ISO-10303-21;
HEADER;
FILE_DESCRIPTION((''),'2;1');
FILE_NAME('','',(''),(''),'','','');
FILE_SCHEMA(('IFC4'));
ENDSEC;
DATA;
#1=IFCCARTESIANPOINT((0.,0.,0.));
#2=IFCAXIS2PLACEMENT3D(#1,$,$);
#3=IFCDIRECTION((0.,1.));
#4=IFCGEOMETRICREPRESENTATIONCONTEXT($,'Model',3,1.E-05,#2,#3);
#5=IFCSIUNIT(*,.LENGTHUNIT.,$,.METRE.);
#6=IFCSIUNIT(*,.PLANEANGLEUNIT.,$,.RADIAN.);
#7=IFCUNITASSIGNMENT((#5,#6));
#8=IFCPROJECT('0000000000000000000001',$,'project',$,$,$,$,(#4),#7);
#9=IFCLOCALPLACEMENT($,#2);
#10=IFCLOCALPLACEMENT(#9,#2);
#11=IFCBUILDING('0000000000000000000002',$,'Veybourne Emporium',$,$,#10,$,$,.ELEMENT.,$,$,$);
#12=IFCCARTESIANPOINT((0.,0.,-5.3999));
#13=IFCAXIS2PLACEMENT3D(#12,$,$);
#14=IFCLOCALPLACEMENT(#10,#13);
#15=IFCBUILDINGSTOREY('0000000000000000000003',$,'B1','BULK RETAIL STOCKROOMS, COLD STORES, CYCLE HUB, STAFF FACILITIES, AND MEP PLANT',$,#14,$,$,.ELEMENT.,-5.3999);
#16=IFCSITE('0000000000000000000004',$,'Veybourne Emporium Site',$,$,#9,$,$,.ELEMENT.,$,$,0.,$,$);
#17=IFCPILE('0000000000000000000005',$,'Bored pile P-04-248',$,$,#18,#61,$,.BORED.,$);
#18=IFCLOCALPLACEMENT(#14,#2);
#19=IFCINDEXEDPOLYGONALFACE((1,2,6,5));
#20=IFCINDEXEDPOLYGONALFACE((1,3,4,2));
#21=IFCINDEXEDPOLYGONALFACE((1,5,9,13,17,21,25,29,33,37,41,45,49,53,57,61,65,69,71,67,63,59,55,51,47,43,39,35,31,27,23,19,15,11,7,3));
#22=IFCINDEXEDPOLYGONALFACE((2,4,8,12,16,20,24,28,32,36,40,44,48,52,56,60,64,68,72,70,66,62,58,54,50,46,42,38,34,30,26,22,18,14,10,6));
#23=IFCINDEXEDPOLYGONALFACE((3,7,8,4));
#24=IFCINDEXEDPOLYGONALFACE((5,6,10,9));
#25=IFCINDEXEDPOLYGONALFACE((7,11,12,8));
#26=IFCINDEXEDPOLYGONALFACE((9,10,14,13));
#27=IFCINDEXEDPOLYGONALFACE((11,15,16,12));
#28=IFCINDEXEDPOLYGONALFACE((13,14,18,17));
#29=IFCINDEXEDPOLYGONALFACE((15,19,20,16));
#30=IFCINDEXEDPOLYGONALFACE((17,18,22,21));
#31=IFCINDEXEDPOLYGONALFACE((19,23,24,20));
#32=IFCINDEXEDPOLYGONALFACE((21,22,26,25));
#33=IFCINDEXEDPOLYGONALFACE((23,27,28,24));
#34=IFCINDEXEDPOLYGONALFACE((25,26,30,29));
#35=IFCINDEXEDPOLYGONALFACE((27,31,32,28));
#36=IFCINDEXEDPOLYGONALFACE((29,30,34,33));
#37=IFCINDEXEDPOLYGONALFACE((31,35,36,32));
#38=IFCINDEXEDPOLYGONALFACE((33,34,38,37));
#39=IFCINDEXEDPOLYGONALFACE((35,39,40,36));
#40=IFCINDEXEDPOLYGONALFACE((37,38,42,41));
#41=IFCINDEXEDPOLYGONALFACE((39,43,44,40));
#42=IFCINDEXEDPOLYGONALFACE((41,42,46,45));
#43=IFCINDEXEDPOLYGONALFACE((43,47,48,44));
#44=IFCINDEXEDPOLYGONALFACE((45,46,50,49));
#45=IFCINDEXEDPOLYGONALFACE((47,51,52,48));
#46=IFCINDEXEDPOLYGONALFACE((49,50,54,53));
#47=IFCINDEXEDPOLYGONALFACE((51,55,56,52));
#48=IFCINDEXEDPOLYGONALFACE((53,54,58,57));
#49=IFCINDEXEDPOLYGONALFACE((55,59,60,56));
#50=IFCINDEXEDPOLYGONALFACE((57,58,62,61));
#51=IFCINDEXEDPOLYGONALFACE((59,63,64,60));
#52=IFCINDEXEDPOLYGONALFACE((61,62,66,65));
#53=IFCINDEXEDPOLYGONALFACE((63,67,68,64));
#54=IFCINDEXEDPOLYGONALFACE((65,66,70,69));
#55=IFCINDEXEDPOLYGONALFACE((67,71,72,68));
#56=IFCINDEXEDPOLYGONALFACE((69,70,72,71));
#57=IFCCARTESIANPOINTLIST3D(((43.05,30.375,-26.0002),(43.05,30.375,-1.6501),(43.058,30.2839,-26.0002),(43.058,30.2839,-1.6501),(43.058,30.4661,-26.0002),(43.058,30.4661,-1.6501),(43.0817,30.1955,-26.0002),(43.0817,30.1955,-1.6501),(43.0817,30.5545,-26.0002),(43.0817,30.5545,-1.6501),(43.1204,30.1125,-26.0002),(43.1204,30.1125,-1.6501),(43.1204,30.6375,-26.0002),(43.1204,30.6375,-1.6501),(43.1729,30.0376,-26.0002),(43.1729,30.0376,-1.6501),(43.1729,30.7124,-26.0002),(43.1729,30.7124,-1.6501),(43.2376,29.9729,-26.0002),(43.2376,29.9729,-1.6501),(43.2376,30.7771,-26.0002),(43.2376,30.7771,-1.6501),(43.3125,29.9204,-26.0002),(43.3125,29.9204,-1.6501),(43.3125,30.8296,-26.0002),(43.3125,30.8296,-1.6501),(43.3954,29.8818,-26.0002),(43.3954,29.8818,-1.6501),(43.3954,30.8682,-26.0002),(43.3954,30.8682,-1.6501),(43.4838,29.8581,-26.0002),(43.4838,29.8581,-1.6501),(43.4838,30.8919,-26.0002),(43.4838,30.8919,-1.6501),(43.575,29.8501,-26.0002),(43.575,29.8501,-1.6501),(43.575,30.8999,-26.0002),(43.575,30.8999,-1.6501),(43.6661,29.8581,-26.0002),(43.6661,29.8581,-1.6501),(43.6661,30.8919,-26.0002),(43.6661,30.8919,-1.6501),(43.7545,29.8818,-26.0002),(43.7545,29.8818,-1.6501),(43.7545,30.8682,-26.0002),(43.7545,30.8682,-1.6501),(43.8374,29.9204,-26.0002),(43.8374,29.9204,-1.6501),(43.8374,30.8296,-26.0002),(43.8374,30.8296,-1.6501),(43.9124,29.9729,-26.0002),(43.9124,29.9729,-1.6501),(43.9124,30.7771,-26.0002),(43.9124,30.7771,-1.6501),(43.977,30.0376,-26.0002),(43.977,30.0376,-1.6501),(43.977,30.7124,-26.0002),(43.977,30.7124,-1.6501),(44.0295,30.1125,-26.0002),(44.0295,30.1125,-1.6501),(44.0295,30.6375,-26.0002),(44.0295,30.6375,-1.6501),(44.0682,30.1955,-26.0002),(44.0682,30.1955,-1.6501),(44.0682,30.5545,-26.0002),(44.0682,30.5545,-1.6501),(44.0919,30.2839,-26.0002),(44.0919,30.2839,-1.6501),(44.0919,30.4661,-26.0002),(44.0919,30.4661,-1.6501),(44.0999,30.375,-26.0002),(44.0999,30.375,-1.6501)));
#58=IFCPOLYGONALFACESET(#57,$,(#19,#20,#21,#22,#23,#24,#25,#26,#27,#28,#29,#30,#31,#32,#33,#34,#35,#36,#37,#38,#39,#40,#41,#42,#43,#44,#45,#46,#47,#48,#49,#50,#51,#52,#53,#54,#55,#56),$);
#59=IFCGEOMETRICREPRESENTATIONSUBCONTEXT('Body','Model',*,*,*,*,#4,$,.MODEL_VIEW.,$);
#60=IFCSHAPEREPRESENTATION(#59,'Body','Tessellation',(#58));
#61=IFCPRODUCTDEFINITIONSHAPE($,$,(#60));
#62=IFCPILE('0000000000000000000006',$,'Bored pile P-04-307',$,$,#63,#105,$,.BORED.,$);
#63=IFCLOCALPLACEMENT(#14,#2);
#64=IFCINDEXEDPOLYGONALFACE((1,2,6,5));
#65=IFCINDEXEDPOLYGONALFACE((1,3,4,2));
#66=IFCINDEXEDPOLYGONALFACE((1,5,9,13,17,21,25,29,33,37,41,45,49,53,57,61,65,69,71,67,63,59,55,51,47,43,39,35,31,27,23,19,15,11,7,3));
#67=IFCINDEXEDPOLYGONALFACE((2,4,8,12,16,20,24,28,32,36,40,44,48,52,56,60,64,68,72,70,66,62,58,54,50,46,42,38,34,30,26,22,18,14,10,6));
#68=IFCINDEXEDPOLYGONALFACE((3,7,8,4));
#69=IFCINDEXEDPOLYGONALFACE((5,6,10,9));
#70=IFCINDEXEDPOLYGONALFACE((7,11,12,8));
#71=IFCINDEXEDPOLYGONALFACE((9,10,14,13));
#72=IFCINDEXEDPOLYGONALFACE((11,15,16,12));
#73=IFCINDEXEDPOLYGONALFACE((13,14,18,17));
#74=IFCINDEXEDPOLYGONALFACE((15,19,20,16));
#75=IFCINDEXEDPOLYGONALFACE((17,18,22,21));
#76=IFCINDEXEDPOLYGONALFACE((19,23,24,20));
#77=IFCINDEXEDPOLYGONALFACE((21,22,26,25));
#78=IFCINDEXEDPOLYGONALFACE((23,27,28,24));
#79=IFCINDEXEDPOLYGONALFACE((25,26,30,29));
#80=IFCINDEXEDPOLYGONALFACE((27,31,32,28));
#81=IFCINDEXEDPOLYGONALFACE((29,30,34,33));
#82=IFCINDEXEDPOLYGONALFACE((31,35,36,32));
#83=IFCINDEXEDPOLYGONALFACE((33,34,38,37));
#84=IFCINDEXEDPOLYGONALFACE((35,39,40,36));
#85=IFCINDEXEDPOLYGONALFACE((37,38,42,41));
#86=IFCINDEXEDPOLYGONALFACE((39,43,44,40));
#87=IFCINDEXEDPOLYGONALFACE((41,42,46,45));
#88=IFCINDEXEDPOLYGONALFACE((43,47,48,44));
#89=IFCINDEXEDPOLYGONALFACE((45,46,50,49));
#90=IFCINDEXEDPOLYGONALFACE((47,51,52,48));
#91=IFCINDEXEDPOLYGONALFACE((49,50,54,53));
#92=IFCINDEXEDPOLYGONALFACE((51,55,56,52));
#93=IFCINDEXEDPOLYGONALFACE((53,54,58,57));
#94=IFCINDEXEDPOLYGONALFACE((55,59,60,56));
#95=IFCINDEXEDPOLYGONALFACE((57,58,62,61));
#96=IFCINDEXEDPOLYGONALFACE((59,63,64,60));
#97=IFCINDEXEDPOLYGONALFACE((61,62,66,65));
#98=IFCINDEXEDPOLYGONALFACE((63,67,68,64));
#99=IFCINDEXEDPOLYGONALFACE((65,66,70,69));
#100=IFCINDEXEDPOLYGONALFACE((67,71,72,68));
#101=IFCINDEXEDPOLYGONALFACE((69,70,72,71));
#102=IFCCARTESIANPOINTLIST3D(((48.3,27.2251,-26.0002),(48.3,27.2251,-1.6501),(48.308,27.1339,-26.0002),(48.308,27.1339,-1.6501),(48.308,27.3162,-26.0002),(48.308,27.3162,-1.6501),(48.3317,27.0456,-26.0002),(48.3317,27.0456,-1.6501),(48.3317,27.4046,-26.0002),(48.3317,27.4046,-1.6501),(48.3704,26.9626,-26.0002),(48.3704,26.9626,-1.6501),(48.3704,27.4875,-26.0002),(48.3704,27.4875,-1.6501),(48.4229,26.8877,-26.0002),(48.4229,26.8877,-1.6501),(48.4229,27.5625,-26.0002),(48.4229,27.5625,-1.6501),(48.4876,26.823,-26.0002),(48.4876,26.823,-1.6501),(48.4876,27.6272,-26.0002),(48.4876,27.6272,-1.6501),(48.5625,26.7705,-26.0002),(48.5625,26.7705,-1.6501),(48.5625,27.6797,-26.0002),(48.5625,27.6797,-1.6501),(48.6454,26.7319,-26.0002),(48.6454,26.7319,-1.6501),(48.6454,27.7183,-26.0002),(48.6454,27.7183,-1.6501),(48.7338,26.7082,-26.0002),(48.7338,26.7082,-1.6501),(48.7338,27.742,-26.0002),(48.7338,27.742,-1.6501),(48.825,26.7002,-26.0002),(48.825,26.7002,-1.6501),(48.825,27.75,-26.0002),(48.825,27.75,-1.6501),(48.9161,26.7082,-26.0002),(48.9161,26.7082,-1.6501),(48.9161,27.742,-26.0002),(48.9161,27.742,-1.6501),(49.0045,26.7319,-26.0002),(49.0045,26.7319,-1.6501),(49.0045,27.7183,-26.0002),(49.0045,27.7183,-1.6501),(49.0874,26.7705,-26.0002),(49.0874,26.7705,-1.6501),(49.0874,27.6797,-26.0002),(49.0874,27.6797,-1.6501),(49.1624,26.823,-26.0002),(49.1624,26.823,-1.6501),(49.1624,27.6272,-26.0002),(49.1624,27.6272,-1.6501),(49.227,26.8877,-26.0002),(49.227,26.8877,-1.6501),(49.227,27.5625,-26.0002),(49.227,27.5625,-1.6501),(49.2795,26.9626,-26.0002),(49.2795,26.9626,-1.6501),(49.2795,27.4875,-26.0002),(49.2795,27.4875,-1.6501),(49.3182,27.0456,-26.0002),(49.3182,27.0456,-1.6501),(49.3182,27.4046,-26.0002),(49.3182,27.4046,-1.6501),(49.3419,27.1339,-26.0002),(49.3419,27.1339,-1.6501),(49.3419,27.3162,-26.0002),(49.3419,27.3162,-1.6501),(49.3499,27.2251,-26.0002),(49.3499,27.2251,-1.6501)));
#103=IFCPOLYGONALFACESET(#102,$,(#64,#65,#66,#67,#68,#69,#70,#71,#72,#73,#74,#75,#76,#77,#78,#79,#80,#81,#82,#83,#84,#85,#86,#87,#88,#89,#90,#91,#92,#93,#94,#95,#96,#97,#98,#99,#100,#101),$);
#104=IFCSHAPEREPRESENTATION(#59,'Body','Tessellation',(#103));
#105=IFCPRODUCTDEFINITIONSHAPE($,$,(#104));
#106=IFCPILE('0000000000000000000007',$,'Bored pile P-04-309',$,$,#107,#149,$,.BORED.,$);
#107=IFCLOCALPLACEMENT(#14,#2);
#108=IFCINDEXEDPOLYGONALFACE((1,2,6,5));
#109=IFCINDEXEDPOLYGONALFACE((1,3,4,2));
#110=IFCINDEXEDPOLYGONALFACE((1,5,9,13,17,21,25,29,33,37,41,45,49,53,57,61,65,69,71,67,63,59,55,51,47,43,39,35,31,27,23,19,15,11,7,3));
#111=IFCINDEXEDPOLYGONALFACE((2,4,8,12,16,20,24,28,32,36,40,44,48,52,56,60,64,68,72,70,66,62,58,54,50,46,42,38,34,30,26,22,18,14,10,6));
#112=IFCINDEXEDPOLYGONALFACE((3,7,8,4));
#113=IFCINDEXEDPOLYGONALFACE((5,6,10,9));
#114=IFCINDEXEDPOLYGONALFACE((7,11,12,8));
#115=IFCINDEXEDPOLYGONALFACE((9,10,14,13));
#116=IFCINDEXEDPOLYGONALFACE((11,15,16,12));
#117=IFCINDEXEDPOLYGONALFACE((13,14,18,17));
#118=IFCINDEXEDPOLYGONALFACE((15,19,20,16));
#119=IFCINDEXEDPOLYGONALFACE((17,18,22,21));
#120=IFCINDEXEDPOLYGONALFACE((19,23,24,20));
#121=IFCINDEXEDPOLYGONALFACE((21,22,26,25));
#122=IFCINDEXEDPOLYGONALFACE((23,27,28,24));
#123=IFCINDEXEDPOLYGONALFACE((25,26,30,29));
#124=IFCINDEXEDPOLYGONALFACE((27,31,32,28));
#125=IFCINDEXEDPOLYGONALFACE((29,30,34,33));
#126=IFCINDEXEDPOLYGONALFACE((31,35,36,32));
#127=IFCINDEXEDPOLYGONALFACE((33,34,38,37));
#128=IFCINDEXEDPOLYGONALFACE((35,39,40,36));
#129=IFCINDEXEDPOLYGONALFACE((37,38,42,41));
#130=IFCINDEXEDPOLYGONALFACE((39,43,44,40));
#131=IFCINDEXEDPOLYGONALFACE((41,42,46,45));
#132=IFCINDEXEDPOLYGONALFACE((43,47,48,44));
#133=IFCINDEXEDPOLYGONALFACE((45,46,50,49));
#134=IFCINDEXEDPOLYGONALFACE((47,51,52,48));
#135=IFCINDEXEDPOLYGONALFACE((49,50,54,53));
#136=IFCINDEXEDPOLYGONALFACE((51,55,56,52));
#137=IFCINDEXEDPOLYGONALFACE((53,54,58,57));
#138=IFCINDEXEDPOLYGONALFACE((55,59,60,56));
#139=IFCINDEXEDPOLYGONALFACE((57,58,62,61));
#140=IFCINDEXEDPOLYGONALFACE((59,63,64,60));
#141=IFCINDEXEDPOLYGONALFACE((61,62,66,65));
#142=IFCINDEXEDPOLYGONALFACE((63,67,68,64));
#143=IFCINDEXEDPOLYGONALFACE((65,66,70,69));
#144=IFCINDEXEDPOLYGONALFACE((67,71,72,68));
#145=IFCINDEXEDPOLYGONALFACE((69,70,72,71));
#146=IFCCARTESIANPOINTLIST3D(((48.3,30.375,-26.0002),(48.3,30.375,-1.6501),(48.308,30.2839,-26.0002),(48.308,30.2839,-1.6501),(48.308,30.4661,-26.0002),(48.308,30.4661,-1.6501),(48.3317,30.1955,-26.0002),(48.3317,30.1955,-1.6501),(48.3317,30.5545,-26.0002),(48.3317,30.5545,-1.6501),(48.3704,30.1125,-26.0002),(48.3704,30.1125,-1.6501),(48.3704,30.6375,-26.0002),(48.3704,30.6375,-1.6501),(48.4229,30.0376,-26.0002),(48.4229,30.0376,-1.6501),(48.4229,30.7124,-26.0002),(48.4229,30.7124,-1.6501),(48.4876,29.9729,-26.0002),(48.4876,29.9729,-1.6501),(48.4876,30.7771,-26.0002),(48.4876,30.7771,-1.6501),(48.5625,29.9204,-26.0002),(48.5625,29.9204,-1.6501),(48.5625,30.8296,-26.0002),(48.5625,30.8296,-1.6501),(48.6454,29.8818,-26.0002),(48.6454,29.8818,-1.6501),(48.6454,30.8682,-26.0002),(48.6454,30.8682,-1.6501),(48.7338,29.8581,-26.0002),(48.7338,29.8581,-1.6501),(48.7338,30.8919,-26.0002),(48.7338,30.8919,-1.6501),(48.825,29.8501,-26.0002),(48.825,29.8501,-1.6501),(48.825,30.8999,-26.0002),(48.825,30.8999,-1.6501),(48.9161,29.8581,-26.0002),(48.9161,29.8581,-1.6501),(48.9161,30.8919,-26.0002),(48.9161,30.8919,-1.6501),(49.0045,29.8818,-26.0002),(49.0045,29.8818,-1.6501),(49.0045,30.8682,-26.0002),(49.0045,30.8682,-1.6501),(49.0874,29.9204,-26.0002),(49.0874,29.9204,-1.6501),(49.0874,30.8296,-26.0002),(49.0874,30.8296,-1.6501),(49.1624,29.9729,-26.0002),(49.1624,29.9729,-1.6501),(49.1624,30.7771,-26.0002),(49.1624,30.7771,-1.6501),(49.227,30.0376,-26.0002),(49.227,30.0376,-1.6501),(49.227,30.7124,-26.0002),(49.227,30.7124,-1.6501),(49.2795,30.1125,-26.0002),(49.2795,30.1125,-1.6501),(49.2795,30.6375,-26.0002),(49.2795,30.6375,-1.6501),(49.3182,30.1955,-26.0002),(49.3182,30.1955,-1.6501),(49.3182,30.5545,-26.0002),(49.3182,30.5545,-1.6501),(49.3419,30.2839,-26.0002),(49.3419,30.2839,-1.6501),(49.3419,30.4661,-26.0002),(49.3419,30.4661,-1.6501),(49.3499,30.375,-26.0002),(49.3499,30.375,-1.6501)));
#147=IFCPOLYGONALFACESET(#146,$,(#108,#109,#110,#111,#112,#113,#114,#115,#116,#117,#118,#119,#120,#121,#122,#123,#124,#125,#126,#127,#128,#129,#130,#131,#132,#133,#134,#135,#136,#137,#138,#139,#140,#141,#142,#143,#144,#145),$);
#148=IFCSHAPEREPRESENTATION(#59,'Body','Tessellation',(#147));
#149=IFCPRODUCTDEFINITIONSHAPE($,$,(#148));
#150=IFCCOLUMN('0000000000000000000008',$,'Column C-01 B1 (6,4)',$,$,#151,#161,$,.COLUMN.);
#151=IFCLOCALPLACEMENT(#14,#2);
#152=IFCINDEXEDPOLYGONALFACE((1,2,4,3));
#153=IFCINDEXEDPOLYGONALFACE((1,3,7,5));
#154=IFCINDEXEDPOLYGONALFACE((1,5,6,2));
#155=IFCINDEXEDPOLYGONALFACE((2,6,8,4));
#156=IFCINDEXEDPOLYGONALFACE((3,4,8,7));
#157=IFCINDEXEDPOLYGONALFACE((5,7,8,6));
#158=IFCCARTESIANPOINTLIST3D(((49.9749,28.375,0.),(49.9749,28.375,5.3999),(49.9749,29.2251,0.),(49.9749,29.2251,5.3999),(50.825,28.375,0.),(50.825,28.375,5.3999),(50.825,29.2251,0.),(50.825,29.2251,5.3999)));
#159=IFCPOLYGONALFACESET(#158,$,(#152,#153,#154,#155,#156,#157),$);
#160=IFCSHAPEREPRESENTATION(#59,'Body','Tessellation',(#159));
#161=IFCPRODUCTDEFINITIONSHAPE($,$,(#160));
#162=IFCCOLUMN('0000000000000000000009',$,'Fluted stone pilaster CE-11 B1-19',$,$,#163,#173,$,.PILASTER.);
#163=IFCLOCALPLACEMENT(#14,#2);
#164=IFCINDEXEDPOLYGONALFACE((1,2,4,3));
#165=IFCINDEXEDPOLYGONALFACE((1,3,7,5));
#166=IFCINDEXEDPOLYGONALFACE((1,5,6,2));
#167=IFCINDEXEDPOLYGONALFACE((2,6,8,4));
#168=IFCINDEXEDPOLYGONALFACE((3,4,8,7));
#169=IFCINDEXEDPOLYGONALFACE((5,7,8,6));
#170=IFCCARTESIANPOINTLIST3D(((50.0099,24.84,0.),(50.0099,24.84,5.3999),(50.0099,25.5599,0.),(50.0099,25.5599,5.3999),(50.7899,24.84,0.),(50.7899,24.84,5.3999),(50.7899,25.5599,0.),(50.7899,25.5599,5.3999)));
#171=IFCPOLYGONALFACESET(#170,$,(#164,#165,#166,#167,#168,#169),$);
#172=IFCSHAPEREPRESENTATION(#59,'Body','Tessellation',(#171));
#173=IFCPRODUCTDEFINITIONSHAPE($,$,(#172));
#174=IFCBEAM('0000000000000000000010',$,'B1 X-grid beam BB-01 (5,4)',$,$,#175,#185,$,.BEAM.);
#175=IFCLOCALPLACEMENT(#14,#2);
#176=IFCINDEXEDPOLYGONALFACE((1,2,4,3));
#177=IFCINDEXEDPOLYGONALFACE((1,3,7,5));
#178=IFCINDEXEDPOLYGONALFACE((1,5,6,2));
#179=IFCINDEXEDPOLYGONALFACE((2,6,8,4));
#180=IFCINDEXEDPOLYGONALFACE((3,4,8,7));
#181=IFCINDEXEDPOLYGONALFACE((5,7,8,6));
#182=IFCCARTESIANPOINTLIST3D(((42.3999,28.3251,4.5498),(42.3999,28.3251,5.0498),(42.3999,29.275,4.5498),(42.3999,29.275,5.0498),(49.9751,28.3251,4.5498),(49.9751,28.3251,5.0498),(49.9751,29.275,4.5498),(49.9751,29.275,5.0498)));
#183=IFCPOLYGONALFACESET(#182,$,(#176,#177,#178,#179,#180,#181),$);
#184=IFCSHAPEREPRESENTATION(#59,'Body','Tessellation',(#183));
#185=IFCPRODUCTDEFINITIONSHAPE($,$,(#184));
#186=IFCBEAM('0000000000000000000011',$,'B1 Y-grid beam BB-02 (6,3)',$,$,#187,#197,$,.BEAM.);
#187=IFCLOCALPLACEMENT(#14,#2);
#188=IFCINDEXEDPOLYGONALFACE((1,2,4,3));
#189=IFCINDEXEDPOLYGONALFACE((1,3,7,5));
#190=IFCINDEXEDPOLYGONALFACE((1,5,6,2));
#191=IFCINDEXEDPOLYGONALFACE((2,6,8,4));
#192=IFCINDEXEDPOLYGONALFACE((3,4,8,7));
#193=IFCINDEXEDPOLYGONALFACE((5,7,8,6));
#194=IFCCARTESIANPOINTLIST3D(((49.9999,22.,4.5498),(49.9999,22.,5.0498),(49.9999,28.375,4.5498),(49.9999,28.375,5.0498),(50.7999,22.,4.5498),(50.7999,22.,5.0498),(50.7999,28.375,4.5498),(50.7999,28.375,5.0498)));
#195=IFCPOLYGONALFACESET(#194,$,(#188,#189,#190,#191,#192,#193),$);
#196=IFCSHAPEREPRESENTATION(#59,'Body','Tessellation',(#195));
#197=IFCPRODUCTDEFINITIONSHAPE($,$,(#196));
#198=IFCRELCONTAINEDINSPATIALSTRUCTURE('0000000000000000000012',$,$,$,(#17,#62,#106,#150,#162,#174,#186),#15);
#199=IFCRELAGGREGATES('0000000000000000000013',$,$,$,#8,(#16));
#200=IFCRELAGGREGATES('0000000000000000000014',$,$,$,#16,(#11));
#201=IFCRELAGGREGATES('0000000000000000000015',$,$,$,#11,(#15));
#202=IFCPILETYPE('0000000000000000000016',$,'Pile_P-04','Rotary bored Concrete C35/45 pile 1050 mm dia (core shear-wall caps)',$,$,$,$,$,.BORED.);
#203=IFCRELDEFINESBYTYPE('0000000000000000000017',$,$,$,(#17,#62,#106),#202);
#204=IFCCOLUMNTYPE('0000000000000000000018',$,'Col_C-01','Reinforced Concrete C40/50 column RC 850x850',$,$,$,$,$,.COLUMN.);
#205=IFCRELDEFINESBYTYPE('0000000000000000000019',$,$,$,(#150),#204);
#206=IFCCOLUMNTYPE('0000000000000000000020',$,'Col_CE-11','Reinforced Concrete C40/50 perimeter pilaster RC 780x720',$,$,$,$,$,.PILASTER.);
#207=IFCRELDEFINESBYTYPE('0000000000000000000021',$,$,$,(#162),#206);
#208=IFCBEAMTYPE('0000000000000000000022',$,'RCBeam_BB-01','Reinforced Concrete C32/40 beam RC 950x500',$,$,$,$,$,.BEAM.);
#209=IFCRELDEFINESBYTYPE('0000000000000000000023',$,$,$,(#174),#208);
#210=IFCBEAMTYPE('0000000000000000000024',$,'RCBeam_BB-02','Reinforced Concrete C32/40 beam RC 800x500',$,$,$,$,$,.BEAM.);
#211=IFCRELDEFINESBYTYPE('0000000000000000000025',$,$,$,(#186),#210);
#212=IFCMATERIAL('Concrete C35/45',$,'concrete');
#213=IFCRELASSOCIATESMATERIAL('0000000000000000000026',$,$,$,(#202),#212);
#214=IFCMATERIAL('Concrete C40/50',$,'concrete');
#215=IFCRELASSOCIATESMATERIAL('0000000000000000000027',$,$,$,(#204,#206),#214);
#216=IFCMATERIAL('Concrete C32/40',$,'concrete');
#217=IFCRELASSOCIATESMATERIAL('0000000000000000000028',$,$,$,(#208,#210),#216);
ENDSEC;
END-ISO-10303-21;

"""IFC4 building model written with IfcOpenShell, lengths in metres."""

from ifc_helpers import new_model, si_unit, direction, frame, origin, origin_2d, place, context, subcontext, project, spatial, rectangle, circle, extrude, material, material_profile, profile_set, type_object, element, save


model = new_model("IFC4")

# Units and contexts
model_context = context("Model", 3, precision=1e-05, world=origin(), true_north=direction((0.0, 1.0)))
body_context = subcontext(model_context, "Body", "Model", "MODEL_VIEW")
ifc_project = project(units=[si_unit("LENGTHUNIT", "METRE"), si_unit("PLANEANGLEUNIT", "RADIAN")], contexts=[model_context])

# Site, building, storey
site_placement = place(None, origin())
site = spatial("IfcSite", under=ifc_project, at=site_placement, Name="Veybourne Emporium Site", CompositionType="ELEMENT", RefElevation=0.0)
building_placement = place(site_placement, origin())
building = spatial("IfcBuilding", under=site, at=building_placement, Name="Veybourne Emporium", CompositionType="ELEMENT")
storey_placement = place(building_placement, frame((0.0, 0.0, -5.3999)))
storey = spatial("IfcBuildingStorey", under=building, at=storey_placement, Name="B1", Description="BULK RETAIL STOCKROOMS, COLD STORES, CYCLE HUB, STAFF FACILITIES, AND MEP PLANT", CompositionType="ELEMENT", Elevation=-5.3999)

# Shared definitions
ifc_material_1 = material(Name="Concrete C35/45", Category="concrete")

# Piles
ifc_material_profile_1 = material_profile(ifc_material_1, circle(Radius=0.5249, at=origin_2d()), Name="BORED PILE 1050")
ifc_profile_set_1 = profile_set([ifc_material_profile_1], Name="Concrete C35/45")
pile_type_1 = type_object("IfcPileType", Name="Pile_P-04", Description="Rotary bored Concrete C35/45 pile 1050 mm dia (core shear-wall caps)", PredefinedType="BORED", material=ifc_profile_set_1)
for number, where, z_axis, x_axis, name in (
    (1, (43.575, 30.375, -1.6501), (0.0, 0.0, -1.0), (1.0, 0.0, 0.0), "Bored pile P-04-248"),
    (2, (48.825, 27.2251, -1.6501), (0.0, 0.0, -1.0), (1.0, 0.0, 0.0), "Bored pile P-04-307"),
    (3, (48.825, 30.375, -1.6501), (0.0, 0.0, -1.0), (1.0, 0.0, 0.0), "Bored pile P-04-309"),
):
    element("IfcPile", number, at=place(storey_placement, frame(where, z_axis=z_axis, x_axis=x_axis)), inside=storey, type_object=pile_type_1, Name=name, PredefinedType="BORED", context=body_context, shape_type="SweptSolid", body=[
        extrude(circle(Radius=0.5249, at=origin_2d()), origin(), (0.0, 0.0, 1.0), 24.3501),
    ])

# Columns
ifc_material_2 = material(Name="Concrete C40/50", Category="concrete")
ifc_material_profile_2 = material_profile(ifc_material_2, rectangle(XDim=0.8501, YDim=0.8501, at=origin_2d()), Name="RC 850x850")
ifc_profile_set_2 = profile_set([ifc_material_profile_2], Name="Concrete C40/50")
column_type_1 = type_object("IfcColumnType", Name="Col_C-01", Description="Reinforced Concrete C40/50 column RC 850x850", PredefinedType="COLUMN", material=ifc_profile_set_2)
column_1_placement = place(storey_placement, frame((50.3999, 28.8, 0.0), z_axis=(0.0, 0.0, 1.0), x_axis=(1.0, 0.0, 0.0)))
element("IfcColumn", 4, at=column_1_placement, inside=storey, type_object=column_type_1, Name="Column C-01 B1 (6,4)", PredefinedType="COLUMN", context=body_context, shape_type="SweptSolid", body=[
    extrude(rectangle(XDim=0.8501, YDim=0.8501, at=origin_2d()), origin(), (0.0, 0.0, 1.0), 5.3999),
])
ifc_material_profile_3 = material_profile(ifc_material_2, rectangle(XDim=0.78, YDim=0.72, at=origin_2d()), Name="RC 780x720")
ifc_profile_set_3 = profile_set([ifc_material_profile_3], Name="Concrete C40/50")
column_type_2 = type_object("IfcColumnType", Name="Col_CE-11", Description="Reinforced Concrete C40/50 perimeter pilaster RC 780x720", PredefinedType="PILASTER", material=ifc_profile_set_3)
column_2_placement = place(storey_placement, frame((50.3999, 25.2, 0.0), z_axis=(0.0, 0.0, 1.0), x_axis=(1.0, 0.0, 0.0)))
element("IfcColumn", 5, at=column_2_placement, inside=storey, type_object=column_type_2, Name="Fluted stone pilaster CE-11 B1-19", PredefinedType="PILASTER", context=body_context, shape_type="SweptSolid", body=[
    extrude(rectangle(XDim=0.78, YDim=0.72, at=origin_2d()), origin(), (0.0, 0.0, 1.0), 5.3999),
])

# Beams
ifc_material_3 = material(Name="Concrete C32/40", Category="concrete")
ifc_material_profile_4 = material_profile(ifc_material_3, rectangle(XDim=0.95, YDim=0.5, at=origin_2d()), Name="RC 950x500")
ifc_profile_set_4 = profile_set([ifc_material_profile_4], Name="Concrete C32/40")
beam_type_1 = type_object("IfcBeamType", Name="RCBeam_BB-01", Description="Reinforced Concrete C32/40 beam RC 950x500", PredefinedType="BEAM", material=ifc_profile_set_4)
beam_1_placement = place(storey_placement, frame((42.3999, 28.8, 4.7998), z_axis=(1.0, 0.0, 0.0), x_axis=(0.0, 1.0, 0.0)))
element("IfcBeam", 6, at=beam_1_placement, inside=storey, type_object=beam_type_1, Name="B1 X-grid beam BB-01 (5,4)", PredefinedType="BEAM", context=body_context, shape_type="SweptSolid", body=[
    extrude(rectangle(XDim=0.95, YDim=0.5, at=origin_2d()), origin(), (0.0, 0.0, 1.0), 7.5752),
])
ifc_material_profile_5 = material_profile(ifc_material_3, rectangle(XDim=0.8, YDim=0.5, at=origin_2d()), Name="RC 800x500")
ifc_profile_set_5 = profile_set([ifc_material_profile_5], Name="Concrete C32/40")
beam_type_2 = type_object("IfcBeamType", Name="RCBeam_BB-02", Description="Reinforced Concrete C32/40 beam RC 800x500", PredefinedType="BEAM", material=ifc_profile_set_5)
beam_2_placement = place(storey_placement, frame((50.3999, 22.0, 4.7998), z_axis=(0.0, 1.0, 0.0), x_axis=(-1.0, 0.0, 0.0)))
element("IfcBeam", 7, at=beam_2_placement, inside=storey, type_object=beam_type_2, Name="B1 Y-grid beam BB-02 (6,3)", PredefinedType="BEAM", context=body_context, shape_type="SweptSolid", body=[
    extrude(rectangle(XDim=0.8, YDim=0.5, at=origin_2d()), origin(), (0.0, 0.0, 1.0), 6.375),
])

save(model, "model.ifc")
